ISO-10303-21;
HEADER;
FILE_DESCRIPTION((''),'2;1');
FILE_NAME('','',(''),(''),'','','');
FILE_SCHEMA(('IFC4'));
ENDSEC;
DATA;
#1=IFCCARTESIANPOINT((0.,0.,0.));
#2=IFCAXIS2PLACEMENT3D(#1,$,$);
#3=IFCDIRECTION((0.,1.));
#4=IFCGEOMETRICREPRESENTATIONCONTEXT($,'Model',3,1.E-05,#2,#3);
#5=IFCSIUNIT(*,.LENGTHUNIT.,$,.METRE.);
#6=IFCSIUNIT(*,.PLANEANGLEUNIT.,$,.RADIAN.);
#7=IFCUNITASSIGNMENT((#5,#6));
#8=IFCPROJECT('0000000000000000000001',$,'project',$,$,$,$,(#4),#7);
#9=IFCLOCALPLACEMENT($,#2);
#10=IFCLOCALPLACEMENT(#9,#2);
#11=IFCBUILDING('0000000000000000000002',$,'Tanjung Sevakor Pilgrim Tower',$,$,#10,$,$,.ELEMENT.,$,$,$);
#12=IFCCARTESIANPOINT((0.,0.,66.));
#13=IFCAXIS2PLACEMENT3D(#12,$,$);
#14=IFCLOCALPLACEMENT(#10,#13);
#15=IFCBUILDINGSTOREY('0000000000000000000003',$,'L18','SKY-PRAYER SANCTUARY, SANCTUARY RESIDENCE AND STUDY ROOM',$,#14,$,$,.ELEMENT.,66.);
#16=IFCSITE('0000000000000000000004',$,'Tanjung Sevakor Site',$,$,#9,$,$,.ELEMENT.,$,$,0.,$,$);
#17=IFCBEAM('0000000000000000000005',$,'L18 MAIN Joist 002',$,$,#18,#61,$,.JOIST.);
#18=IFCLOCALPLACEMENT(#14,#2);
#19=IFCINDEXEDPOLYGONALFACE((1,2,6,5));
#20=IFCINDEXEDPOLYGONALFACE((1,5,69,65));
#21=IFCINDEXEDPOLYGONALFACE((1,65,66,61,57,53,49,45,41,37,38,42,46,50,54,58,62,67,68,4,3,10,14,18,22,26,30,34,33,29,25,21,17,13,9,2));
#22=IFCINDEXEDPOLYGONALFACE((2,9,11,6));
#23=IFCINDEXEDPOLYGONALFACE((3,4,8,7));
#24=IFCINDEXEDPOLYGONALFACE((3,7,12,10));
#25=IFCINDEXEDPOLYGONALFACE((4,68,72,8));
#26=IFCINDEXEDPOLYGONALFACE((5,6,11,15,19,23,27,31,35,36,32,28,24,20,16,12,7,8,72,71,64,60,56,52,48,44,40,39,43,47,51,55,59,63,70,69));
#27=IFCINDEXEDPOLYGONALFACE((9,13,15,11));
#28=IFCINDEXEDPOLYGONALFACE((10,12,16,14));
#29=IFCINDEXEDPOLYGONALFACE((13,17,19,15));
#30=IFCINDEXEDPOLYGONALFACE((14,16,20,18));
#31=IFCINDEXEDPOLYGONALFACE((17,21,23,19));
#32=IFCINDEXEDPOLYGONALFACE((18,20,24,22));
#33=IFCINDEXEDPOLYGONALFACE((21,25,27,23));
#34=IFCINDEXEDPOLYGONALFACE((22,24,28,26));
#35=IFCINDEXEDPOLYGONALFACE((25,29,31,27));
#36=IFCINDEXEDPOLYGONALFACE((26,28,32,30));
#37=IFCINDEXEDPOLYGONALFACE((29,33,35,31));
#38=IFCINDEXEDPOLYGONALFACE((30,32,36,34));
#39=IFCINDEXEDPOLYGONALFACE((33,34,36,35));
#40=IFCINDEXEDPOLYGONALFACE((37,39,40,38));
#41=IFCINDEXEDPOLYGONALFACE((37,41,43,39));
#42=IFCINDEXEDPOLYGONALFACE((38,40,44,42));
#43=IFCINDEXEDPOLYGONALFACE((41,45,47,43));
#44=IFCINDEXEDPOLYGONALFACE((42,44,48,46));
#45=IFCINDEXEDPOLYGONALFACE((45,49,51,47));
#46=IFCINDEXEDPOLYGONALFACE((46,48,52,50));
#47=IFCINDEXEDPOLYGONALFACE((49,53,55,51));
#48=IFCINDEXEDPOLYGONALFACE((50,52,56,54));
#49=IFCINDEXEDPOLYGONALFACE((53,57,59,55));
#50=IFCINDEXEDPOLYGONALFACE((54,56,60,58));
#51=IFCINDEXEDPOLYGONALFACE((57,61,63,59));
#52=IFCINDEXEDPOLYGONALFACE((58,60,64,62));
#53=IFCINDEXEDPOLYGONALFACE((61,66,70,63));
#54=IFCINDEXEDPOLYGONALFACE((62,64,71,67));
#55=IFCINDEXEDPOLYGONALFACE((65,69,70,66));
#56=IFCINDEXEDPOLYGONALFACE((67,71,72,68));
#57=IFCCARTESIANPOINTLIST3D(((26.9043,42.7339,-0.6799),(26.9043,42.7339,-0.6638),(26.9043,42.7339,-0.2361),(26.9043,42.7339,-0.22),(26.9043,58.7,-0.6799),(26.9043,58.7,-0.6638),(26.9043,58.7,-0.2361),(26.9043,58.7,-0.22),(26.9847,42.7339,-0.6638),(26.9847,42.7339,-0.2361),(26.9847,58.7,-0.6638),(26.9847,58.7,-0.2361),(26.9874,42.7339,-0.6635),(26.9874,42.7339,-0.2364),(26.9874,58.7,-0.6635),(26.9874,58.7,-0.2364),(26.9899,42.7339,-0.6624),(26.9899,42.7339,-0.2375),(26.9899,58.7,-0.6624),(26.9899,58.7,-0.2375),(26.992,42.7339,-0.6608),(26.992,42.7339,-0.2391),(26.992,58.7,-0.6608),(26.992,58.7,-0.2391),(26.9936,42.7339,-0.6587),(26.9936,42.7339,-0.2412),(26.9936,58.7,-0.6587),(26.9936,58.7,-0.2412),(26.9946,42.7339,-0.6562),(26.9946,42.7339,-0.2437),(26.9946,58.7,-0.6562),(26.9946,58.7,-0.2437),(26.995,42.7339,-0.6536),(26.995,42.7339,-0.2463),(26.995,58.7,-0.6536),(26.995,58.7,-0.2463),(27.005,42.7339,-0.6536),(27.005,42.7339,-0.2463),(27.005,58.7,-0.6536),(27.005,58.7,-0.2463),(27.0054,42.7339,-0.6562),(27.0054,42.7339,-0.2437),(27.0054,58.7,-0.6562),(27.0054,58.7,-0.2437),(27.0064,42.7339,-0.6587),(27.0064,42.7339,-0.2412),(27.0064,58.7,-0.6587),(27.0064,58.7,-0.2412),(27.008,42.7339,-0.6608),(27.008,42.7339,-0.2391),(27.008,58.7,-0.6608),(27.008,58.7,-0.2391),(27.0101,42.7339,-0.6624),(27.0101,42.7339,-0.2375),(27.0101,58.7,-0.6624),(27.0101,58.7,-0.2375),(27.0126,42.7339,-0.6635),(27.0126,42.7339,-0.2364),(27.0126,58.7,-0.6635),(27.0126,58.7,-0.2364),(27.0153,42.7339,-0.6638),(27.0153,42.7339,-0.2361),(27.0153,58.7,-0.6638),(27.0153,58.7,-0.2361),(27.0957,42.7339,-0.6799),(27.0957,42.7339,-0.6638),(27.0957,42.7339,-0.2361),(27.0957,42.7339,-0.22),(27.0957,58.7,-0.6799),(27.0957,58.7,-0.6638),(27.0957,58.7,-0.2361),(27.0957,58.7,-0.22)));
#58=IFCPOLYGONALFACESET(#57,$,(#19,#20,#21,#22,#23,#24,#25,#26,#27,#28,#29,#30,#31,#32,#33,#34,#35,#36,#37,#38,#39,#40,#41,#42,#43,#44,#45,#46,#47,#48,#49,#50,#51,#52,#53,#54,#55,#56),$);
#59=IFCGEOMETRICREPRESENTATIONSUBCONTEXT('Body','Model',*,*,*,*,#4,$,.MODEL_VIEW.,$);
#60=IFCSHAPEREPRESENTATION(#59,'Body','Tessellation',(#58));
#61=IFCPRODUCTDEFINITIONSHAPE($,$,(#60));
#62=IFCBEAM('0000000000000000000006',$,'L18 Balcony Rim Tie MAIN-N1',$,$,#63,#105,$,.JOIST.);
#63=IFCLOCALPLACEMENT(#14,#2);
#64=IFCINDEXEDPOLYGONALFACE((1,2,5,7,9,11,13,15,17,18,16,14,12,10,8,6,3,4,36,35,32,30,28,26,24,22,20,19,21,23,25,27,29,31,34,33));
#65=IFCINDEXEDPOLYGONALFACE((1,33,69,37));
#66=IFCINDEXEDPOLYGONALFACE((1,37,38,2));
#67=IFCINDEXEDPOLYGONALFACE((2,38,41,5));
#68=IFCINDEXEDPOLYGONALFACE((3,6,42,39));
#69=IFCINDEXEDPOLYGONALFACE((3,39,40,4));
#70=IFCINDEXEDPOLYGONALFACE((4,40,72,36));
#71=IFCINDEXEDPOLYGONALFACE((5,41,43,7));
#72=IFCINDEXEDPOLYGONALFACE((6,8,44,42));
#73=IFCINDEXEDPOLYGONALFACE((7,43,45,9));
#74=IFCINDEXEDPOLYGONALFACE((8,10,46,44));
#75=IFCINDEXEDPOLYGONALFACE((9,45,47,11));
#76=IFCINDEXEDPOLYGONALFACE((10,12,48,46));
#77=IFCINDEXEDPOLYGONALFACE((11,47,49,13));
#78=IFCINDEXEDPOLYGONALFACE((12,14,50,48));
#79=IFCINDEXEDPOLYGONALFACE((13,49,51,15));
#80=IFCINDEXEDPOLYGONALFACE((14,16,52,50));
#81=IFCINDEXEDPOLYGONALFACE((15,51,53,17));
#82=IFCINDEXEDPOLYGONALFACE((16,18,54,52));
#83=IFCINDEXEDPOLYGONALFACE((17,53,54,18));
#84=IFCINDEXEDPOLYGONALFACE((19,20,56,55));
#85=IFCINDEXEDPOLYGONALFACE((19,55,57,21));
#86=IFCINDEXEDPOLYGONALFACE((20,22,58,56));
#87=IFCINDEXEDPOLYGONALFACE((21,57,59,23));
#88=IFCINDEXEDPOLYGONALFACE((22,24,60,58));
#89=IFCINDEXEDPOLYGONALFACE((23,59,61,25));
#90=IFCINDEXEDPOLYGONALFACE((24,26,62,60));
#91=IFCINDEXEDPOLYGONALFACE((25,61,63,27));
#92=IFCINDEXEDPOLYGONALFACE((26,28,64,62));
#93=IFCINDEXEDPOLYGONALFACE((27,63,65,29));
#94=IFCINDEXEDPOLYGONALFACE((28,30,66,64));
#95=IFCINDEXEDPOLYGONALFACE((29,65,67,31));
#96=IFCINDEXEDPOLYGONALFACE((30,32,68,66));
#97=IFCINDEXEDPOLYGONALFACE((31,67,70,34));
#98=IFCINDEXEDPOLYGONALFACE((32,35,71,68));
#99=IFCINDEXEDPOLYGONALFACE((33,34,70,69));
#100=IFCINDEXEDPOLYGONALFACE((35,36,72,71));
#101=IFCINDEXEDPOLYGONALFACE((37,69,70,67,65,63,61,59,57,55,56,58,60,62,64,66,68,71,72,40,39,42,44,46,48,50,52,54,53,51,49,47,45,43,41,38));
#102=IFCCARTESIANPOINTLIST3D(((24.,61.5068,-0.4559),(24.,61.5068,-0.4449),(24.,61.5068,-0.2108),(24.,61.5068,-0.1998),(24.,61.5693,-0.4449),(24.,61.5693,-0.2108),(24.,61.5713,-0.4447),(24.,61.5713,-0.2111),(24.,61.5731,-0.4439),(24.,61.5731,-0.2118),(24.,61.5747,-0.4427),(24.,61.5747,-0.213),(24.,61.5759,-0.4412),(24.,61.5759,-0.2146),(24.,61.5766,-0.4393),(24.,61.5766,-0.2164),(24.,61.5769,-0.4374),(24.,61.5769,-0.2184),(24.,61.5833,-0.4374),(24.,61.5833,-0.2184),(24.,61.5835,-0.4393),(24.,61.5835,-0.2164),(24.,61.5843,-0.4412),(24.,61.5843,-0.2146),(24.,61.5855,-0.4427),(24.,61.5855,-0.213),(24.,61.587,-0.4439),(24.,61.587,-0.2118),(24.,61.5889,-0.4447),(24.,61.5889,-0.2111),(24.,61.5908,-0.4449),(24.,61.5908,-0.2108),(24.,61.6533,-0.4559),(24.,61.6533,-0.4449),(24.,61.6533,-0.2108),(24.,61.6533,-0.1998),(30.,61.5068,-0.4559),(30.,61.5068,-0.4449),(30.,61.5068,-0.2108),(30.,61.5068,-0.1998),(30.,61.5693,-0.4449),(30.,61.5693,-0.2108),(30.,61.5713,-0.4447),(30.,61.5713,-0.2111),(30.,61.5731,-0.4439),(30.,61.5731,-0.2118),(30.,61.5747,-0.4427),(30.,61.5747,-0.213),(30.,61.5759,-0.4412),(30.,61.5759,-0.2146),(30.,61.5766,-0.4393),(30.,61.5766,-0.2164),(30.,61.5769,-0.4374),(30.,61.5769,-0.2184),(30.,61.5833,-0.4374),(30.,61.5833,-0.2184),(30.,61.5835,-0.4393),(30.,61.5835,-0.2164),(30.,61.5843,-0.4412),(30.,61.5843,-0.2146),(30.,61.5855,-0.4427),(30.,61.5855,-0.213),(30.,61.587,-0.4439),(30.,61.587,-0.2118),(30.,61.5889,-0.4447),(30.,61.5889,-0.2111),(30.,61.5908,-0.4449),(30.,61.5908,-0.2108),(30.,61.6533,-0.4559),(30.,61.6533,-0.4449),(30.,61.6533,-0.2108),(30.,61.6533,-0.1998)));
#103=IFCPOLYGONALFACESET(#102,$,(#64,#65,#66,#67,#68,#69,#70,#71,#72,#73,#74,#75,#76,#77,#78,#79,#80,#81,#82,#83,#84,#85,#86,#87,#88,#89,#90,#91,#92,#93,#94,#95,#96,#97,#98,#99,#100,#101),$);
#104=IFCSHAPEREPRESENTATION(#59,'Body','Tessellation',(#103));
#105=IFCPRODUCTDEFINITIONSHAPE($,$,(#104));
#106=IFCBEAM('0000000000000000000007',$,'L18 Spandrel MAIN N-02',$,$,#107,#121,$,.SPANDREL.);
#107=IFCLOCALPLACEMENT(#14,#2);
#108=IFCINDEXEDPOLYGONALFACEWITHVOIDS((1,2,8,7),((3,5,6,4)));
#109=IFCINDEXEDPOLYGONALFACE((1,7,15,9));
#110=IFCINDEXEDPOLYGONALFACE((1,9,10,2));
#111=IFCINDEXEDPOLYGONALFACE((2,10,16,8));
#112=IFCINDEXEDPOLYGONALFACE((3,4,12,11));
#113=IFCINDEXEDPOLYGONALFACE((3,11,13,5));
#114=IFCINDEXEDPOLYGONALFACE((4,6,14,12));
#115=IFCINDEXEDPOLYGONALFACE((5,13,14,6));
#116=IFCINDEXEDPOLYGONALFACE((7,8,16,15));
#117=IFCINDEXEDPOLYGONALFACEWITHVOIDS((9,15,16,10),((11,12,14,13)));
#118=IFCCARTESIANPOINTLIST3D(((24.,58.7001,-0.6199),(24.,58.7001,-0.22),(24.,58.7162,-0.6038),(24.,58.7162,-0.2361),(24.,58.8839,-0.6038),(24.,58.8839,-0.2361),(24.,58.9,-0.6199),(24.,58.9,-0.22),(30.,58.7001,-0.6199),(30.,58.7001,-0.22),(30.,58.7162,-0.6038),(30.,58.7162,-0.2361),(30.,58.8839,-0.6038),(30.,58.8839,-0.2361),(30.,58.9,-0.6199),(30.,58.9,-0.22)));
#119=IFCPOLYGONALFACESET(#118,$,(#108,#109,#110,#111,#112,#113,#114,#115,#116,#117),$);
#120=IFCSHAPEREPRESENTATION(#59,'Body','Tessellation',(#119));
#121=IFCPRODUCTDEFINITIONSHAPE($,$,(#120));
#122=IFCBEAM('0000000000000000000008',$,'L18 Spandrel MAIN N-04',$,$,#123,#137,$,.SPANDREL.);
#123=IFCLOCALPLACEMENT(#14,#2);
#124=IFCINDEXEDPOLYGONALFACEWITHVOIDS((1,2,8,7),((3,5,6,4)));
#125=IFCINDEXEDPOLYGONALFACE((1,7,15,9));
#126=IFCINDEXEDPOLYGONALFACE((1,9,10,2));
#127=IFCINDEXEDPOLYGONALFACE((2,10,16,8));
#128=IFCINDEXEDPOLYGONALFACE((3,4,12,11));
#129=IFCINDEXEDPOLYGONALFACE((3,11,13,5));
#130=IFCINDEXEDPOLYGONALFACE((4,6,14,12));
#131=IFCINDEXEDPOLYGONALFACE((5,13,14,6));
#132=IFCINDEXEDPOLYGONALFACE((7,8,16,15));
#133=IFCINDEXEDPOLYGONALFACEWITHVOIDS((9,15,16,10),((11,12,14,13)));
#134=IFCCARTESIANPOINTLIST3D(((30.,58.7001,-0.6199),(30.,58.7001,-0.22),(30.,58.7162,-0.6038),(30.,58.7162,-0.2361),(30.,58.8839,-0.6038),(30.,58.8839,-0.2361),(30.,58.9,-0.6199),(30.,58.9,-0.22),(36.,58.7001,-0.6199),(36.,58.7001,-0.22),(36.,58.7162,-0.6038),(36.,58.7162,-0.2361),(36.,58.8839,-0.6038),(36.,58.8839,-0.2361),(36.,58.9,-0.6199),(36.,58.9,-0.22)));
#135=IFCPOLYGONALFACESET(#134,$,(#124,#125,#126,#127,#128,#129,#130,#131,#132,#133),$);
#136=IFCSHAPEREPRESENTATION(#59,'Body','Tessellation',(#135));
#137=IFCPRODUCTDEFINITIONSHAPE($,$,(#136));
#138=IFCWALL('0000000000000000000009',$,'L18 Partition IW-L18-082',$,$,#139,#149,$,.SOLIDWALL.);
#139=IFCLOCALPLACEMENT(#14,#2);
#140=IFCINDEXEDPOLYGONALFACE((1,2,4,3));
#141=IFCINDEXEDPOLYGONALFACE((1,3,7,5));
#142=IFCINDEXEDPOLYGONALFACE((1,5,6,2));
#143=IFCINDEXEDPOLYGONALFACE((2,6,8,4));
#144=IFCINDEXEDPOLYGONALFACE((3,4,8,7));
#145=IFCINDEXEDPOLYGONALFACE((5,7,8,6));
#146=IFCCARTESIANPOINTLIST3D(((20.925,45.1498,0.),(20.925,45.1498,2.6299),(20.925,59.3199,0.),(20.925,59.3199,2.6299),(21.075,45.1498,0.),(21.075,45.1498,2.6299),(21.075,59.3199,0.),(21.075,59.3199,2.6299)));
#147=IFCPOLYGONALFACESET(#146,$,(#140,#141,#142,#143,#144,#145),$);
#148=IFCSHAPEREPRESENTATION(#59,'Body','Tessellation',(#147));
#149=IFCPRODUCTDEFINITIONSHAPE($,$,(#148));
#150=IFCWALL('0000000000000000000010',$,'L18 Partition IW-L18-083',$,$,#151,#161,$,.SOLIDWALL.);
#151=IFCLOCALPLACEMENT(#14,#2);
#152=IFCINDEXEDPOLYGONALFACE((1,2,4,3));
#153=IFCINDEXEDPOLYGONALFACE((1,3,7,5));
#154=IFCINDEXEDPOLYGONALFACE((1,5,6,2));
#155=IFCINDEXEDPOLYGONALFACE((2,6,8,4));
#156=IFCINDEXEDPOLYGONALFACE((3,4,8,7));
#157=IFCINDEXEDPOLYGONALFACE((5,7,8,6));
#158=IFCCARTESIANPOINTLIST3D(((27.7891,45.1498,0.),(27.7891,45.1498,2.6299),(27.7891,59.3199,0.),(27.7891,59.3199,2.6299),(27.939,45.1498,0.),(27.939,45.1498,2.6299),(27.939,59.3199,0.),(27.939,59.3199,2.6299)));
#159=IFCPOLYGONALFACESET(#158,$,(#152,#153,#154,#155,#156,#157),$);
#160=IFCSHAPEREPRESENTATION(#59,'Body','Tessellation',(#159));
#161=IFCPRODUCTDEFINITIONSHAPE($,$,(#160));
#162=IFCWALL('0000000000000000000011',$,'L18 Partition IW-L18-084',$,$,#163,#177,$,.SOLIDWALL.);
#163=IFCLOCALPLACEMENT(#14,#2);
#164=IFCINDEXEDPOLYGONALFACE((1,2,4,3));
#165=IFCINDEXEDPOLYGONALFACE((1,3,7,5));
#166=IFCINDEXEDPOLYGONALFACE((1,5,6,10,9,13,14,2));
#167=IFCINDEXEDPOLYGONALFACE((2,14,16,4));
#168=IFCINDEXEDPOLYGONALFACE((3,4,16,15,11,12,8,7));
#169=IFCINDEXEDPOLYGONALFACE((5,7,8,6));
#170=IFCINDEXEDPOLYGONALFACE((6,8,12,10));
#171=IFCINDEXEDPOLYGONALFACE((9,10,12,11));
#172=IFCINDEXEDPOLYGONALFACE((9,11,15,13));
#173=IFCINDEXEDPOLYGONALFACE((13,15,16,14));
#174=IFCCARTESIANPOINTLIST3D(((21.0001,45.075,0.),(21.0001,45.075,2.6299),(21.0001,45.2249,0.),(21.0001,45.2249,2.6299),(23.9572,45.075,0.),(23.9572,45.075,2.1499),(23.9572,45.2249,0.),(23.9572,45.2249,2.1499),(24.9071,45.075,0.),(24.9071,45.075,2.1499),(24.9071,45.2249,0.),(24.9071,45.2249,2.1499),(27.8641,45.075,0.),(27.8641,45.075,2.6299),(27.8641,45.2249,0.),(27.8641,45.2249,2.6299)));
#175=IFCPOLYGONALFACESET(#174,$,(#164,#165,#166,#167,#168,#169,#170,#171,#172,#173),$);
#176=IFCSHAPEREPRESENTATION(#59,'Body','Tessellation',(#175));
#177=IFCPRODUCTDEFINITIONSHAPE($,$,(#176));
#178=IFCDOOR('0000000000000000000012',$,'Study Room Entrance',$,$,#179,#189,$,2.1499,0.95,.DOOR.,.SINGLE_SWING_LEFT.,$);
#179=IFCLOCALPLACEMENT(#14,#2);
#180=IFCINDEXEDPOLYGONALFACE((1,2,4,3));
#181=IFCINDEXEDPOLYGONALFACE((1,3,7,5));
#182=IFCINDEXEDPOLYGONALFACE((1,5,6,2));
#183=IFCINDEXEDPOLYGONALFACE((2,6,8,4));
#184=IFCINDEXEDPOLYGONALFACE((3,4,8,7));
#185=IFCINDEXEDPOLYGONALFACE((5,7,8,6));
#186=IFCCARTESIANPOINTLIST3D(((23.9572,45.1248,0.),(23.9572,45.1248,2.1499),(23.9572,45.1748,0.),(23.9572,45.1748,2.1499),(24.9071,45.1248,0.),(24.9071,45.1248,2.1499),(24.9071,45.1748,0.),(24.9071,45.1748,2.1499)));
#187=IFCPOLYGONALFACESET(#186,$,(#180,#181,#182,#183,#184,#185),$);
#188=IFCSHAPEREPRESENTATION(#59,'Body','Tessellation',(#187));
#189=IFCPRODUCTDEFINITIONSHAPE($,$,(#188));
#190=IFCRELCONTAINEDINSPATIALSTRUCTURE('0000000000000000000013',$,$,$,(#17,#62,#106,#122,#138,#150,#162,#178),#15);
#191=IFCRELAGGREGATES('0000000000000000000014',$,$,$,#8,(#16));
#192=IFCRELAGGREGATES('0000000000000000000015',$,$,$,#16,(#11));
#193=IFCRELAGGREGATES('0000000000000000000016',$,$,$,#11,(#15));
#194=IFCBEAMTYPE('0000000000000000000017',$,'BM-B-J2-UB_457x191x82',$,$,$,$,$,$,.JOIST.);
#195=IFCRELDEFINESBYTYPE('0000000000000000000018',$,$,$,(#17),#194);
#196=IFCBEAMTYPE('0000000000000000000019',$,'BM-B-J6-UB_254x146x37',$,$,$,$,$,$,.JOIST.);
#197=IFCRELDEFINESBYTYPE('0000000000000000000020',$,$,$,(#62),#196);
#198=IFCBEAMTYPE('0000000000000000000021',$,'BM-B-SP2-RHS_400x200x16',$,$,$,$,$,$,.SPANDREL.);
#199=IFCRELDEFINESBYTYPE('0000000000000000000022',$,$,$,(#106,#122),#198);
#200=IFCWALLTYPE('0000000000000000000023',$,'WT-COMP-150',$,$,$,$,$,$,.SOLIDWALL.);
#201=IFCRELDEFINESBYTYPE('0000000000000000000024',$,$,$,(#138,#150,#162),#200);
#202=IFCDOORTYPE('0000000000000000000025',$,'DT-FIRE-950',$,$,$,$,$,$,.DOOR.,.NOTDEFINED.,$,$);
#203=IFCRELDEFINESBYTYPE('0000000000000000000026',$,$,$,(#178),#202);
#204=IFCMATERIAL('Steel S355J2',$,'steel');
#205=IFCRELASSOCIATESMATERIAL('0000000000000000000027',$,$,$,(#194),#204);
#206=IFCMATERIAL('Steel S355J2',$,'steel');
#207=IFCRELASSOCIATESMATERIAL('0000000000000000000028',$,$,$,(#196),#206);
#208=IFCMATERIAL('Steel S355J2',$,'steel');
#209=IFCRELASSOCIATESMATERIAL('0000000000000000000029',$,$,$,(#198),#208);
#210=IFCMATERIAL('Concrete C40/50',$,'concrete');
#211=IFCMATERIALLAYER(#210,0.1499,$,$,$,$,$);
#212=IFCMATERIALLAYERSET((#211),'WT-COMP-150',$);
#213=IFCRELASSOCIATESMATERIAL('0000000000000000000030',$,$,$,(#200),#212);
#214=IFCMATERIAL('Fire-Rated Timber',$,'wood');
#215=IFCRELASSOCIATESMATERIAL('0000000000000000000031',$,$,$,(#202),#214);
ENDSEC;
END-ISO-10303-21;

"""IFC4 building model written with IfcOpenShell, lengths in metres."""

from ifc_helpers import new_model, si_unit, direction, frame, frame_2d, origin, origin_2d, place, context, subcontext, project, spatial, rectangle, hollow_rectangle, i_section, extrude, material, layer, layer_set, material_profile, profile_set, type_object, element, fill, save


model = new_model("IFC4")

# Units and contexts
model_context = context("Model", 3, precision=1e-05, world=origin(), true_north=direction((0.0, 1.0)))
body_context = subcontext(model_context, "Body", "Model", "MODEL_VIEW")
ifc_project = project(units=[si_unit("LENGTHUNIT", "METRE"), si_unit("PLANEANGLEUNIT", "RADIAN")], contexts=[model_context])

# Site, building, storey
site_placement = place(None, origin())
site = spatial("IfcSite", under=ifc_project, at=site_placement, Name="Tanjung Sevakor Site", CompositionType="ELEMENT", RefElevation=0.0)
building_placement = place(site_placement, origin())
building = spatial("IfcBuilding", under=site, at=building_placement, Name="Tanjung Sevakor Pilgrim Tower", CompositionType="ELEMENT")
storey_placement = place(building_placement, frame((0.0, 0.0, 66.0)))
storey = spatial("IfcBuildingStorey", under=building, at=storey_placement, Name="L18", Description="SKY-PRAYER SANCTUARY, SANCTUARY RESIDENCE AND STUDY ROOM", CompositionType="ELEMENT", Elevation=66.0)

# Beams
ifc_material_1 = material(Name="Steel S355J2", Category="steel")
ifc_material_profile_1 = material_profile(ifc_material_1, i_section(OverallWidth=0.1914, OverallDepth=0.46, WebThickness=0.01, FlangeThickness=0.0161, FilletRadius=0.0103, at=origin_2d()))
ifc_profile_set_1 = profile_set([ifc_material_profile_1], Name="Steel S355J2")
beam_type_1 = type_object("IfcBeamType", Name="BM-B-J2-UB_457x191x82", PredefinedType="JOIST", material=ifc_profile_set_1)
beam_1_placement = place(storey_placement, frame((27.0, 42.7339, -0.45), z_axis=(0.0, 1.0, 0.0), x_axis=(-1.0, 0.0, 0.0)))
element("IfcBeam", 1, at=beam_1_placement, inside=storey, type_object=beam_type_1, Name="L18 MAIN Joist 002", PredefinedType="JOIST", context=body_context, shape_type="SweptSolid", body=[
    extrude(i_section(OverallWidth=0.1914, OverallDepth=0.46, WebThickness=0.01, FlangeThickness=0.0161, FilletRadius=0.0103, at=origin_2d()), origin(), (0.0, 0.0, 1.0), 15.9661),
])
ifc_material_2 = material(Name="Steel S355J2", Category="steel")
ifc_material_profile_2 = material_profile(ifc_material_2, i_section(OverallWidth=0.1465, OverallDepth=0.2561, WebThickness=0.0063, FlangeThickness=0.011, FilletRadius=0.0076, at=origin_2d()))
ifc_profile_set_2 = profile_set([ifc_material_profile_2], Name="Steel S355J2")
beam_type_2 = type_object("IfcBeamType", Name="BM-B-J6-UB_254x146x37", PredefinedType="JOIST", material=ifc_profile_set_2)
beam_2_placement = place(storey_placement, frame((24.0, 61.5801, -0.3279), z_axis=(1.0, 0.0, 0.0), x_axis=(0.0, 1.0, 0.0)))
element("IfcBeam", 2, at=beam_2_placement, inside=storey, type_object=beam_type_2, Name="L18 Balcony Rim Tie MAIN-N1", PredefinedType="JOIST", context=body_context, shape_type="SweptSolid", body=[
    extrude(i_section(OverallWidth=0.1465, OverallDepth=0.2561, WebThickness=0.0063, FlangeThickness=0.011, FilletRadius=0.0076, at=origin_2d()), origin(), (0.0, 0.0, 1.0), 6.0),
])
ifc_material_3 = material(Name="Steel S355J2", Category="steel")
ifc_material_profile_3 = material_profile(ifc_material_3, hollow_rectangle(XDim=0.2, YDim=0.3999, WallThickness=0.0161, at=origin_2d()))
ifc_profile_set_3 = profile_set([ifc_material_profile_3], Name="Steel S355J2")
beam_type_3 = type_object("IfcBeamType", Name="BM-B-SP2-RHS_400x200x16", PredefinedType="SPANDREL", material=ifc_profile_set_3)
for number, where, z_axis, x_axis, name in (
    (3, (24.0, 58.8, -0.4199), (1.0, 0.0, 0.0), (0.0, 1.0, 0.0), "L18 Spandrel MAIN N-02"),
    (4, (30.0, 58.8, -0.4199), (1.0, 0.0, 0.0), (0.0, 1.0, 0.0), "L18 Spandrel MAIN N-04"),
):
    element("IfcBeam", number, at=place(storey_placement, frame(where, z_axis=z_axis, x_axis=x_axis)), inside=storey, type_object=beam_type_3, Name=name, PredefinedType="SPANDREL", context=body_context, shape_type="SweptSolid", body=[
        extrude(hollow_rectangle(XDim=0.2, YDim=0.3999, WallThickness=0.0161, at=origin_2d()), origin(), (0.0, 0.0, 1.0), 6.0),
    ])

# Walls
ifc_material_4 = material(Name="Concrete C40/50", Category="concrete")
ifc_layer_1 = layer(ifc_material_4, 0.1499)
ifc_layer_set_1 = layer_set([ifc_layer_1], Name="WT-COMP-150")
wall_type_1 = type_object("IfcWallType", Name="WT-COMP-150", PredefinedType="SOLIDWALL", material=ifc_layer_set_1)
for number, where, z_axis, x_axis, name in (
    (5, (21.0, 45.1499, 0.0), (0.0, 0.0, 1.0), (0.0, 1.0, 0.0), "L18 Partition IW-L18-082"),
    (6, (27.864, 45.1499, 0.0), (0.0, 0.0, 1.0), (0.0, 1.0, 0.0), "L18 Partition IW-L18-083"),
):
    element("IfcWall", number, at=place(storey_placement, frame(where, z_axis=z_axis, x_axis=x_axis)), inside=storey, type_object=wall_type_1, Name=name, PredefinedType="SOLIDWALL", context=body_context, shape_type="SweptSolid", body=[
        extrude(rectangle(XDim=14.1702, YDim=0.1499, at=frame_2d((7.085, 0.0))), origin(), (0.0, 0.0, 1.0), 2.6299),
    ])

# Wall, opening, door
wall_1_placement = place(storey_placement, frame((21.0, 45.1499, 0.0), z_axis=(0.0, 0.0, 1.0), x_axis=(1.0, 0.0, 0.0)))
wall_1 = element("IfcWall", 7, at=wall_1_placement, inside=storey, type_object=wall_type_1, Name="L18 Partition IW-L18-084", PredefinedType="SOLIDWALL", context=body_context, shape_type="SweptSolid", body=[
    extrude(rectangle(XDim=6.864, YDim=0.1499, at=frame_2d((3.4321, 0.0))), origin(), (0.0, 0.0, 1.0), 2.6299),
])
opening_1_placement = place(wall_1_placement, frame((2.957, 0.0, 0.0)))
opening_1 = element("IfcOpeningElement", 8, at=opening_1_placement, cuts=wall_1, PredefinedType="OPENING", context=body_context, shape_type="SweptSolid", body=[
    extrude(rectangle(XDim=0.95, YDim=2.1499, at=frame_2d((0.4751, 1.075))), frame((0.0, 0.085, 0.0), z_axis=(0.0, -1.0, 0.0), x_axis=(1.0, 0.0, 0.0)), (0.0, 0.0, 1.0), 0.1699),
])
ifc_material_5 = material(Name="Fire-Rated Timber", Category="wood")
door_type_1 = type_object("IfcDoorType", Name="DT-FIRE-950", OperationType="NOTDEFINED", PredefinedType="DOOR", material=ifc_material_5)
door_1_placement = place(opening_1_placement, origin())
door_1 = element("IfcDoor", 9, at=door_1_placement, inside=storey, type_object=door_type_1, Name="Study Room Entrance", OperationType="SINGLE_SWING_LEFT", OverallHeight=2.1499, OverallWidth=0.95, PredefinedType="DOOR", context=body_context, shape_type="SweptSolid", body=[
    extrude(rectangle(XDim=0.95, YDim=2.1499, at=frame_2d((0.4751, 1.075))), frame((0.0, 0.0249, 0.0), z_axis=(0.0, -1.0, 0.0), x_axis=(1.0, 0.0, 0.0)), (0.0, 0.0, 1.0), 0.05),
])
fill(opening_1, door_1)

save(model, "model.ifc")
